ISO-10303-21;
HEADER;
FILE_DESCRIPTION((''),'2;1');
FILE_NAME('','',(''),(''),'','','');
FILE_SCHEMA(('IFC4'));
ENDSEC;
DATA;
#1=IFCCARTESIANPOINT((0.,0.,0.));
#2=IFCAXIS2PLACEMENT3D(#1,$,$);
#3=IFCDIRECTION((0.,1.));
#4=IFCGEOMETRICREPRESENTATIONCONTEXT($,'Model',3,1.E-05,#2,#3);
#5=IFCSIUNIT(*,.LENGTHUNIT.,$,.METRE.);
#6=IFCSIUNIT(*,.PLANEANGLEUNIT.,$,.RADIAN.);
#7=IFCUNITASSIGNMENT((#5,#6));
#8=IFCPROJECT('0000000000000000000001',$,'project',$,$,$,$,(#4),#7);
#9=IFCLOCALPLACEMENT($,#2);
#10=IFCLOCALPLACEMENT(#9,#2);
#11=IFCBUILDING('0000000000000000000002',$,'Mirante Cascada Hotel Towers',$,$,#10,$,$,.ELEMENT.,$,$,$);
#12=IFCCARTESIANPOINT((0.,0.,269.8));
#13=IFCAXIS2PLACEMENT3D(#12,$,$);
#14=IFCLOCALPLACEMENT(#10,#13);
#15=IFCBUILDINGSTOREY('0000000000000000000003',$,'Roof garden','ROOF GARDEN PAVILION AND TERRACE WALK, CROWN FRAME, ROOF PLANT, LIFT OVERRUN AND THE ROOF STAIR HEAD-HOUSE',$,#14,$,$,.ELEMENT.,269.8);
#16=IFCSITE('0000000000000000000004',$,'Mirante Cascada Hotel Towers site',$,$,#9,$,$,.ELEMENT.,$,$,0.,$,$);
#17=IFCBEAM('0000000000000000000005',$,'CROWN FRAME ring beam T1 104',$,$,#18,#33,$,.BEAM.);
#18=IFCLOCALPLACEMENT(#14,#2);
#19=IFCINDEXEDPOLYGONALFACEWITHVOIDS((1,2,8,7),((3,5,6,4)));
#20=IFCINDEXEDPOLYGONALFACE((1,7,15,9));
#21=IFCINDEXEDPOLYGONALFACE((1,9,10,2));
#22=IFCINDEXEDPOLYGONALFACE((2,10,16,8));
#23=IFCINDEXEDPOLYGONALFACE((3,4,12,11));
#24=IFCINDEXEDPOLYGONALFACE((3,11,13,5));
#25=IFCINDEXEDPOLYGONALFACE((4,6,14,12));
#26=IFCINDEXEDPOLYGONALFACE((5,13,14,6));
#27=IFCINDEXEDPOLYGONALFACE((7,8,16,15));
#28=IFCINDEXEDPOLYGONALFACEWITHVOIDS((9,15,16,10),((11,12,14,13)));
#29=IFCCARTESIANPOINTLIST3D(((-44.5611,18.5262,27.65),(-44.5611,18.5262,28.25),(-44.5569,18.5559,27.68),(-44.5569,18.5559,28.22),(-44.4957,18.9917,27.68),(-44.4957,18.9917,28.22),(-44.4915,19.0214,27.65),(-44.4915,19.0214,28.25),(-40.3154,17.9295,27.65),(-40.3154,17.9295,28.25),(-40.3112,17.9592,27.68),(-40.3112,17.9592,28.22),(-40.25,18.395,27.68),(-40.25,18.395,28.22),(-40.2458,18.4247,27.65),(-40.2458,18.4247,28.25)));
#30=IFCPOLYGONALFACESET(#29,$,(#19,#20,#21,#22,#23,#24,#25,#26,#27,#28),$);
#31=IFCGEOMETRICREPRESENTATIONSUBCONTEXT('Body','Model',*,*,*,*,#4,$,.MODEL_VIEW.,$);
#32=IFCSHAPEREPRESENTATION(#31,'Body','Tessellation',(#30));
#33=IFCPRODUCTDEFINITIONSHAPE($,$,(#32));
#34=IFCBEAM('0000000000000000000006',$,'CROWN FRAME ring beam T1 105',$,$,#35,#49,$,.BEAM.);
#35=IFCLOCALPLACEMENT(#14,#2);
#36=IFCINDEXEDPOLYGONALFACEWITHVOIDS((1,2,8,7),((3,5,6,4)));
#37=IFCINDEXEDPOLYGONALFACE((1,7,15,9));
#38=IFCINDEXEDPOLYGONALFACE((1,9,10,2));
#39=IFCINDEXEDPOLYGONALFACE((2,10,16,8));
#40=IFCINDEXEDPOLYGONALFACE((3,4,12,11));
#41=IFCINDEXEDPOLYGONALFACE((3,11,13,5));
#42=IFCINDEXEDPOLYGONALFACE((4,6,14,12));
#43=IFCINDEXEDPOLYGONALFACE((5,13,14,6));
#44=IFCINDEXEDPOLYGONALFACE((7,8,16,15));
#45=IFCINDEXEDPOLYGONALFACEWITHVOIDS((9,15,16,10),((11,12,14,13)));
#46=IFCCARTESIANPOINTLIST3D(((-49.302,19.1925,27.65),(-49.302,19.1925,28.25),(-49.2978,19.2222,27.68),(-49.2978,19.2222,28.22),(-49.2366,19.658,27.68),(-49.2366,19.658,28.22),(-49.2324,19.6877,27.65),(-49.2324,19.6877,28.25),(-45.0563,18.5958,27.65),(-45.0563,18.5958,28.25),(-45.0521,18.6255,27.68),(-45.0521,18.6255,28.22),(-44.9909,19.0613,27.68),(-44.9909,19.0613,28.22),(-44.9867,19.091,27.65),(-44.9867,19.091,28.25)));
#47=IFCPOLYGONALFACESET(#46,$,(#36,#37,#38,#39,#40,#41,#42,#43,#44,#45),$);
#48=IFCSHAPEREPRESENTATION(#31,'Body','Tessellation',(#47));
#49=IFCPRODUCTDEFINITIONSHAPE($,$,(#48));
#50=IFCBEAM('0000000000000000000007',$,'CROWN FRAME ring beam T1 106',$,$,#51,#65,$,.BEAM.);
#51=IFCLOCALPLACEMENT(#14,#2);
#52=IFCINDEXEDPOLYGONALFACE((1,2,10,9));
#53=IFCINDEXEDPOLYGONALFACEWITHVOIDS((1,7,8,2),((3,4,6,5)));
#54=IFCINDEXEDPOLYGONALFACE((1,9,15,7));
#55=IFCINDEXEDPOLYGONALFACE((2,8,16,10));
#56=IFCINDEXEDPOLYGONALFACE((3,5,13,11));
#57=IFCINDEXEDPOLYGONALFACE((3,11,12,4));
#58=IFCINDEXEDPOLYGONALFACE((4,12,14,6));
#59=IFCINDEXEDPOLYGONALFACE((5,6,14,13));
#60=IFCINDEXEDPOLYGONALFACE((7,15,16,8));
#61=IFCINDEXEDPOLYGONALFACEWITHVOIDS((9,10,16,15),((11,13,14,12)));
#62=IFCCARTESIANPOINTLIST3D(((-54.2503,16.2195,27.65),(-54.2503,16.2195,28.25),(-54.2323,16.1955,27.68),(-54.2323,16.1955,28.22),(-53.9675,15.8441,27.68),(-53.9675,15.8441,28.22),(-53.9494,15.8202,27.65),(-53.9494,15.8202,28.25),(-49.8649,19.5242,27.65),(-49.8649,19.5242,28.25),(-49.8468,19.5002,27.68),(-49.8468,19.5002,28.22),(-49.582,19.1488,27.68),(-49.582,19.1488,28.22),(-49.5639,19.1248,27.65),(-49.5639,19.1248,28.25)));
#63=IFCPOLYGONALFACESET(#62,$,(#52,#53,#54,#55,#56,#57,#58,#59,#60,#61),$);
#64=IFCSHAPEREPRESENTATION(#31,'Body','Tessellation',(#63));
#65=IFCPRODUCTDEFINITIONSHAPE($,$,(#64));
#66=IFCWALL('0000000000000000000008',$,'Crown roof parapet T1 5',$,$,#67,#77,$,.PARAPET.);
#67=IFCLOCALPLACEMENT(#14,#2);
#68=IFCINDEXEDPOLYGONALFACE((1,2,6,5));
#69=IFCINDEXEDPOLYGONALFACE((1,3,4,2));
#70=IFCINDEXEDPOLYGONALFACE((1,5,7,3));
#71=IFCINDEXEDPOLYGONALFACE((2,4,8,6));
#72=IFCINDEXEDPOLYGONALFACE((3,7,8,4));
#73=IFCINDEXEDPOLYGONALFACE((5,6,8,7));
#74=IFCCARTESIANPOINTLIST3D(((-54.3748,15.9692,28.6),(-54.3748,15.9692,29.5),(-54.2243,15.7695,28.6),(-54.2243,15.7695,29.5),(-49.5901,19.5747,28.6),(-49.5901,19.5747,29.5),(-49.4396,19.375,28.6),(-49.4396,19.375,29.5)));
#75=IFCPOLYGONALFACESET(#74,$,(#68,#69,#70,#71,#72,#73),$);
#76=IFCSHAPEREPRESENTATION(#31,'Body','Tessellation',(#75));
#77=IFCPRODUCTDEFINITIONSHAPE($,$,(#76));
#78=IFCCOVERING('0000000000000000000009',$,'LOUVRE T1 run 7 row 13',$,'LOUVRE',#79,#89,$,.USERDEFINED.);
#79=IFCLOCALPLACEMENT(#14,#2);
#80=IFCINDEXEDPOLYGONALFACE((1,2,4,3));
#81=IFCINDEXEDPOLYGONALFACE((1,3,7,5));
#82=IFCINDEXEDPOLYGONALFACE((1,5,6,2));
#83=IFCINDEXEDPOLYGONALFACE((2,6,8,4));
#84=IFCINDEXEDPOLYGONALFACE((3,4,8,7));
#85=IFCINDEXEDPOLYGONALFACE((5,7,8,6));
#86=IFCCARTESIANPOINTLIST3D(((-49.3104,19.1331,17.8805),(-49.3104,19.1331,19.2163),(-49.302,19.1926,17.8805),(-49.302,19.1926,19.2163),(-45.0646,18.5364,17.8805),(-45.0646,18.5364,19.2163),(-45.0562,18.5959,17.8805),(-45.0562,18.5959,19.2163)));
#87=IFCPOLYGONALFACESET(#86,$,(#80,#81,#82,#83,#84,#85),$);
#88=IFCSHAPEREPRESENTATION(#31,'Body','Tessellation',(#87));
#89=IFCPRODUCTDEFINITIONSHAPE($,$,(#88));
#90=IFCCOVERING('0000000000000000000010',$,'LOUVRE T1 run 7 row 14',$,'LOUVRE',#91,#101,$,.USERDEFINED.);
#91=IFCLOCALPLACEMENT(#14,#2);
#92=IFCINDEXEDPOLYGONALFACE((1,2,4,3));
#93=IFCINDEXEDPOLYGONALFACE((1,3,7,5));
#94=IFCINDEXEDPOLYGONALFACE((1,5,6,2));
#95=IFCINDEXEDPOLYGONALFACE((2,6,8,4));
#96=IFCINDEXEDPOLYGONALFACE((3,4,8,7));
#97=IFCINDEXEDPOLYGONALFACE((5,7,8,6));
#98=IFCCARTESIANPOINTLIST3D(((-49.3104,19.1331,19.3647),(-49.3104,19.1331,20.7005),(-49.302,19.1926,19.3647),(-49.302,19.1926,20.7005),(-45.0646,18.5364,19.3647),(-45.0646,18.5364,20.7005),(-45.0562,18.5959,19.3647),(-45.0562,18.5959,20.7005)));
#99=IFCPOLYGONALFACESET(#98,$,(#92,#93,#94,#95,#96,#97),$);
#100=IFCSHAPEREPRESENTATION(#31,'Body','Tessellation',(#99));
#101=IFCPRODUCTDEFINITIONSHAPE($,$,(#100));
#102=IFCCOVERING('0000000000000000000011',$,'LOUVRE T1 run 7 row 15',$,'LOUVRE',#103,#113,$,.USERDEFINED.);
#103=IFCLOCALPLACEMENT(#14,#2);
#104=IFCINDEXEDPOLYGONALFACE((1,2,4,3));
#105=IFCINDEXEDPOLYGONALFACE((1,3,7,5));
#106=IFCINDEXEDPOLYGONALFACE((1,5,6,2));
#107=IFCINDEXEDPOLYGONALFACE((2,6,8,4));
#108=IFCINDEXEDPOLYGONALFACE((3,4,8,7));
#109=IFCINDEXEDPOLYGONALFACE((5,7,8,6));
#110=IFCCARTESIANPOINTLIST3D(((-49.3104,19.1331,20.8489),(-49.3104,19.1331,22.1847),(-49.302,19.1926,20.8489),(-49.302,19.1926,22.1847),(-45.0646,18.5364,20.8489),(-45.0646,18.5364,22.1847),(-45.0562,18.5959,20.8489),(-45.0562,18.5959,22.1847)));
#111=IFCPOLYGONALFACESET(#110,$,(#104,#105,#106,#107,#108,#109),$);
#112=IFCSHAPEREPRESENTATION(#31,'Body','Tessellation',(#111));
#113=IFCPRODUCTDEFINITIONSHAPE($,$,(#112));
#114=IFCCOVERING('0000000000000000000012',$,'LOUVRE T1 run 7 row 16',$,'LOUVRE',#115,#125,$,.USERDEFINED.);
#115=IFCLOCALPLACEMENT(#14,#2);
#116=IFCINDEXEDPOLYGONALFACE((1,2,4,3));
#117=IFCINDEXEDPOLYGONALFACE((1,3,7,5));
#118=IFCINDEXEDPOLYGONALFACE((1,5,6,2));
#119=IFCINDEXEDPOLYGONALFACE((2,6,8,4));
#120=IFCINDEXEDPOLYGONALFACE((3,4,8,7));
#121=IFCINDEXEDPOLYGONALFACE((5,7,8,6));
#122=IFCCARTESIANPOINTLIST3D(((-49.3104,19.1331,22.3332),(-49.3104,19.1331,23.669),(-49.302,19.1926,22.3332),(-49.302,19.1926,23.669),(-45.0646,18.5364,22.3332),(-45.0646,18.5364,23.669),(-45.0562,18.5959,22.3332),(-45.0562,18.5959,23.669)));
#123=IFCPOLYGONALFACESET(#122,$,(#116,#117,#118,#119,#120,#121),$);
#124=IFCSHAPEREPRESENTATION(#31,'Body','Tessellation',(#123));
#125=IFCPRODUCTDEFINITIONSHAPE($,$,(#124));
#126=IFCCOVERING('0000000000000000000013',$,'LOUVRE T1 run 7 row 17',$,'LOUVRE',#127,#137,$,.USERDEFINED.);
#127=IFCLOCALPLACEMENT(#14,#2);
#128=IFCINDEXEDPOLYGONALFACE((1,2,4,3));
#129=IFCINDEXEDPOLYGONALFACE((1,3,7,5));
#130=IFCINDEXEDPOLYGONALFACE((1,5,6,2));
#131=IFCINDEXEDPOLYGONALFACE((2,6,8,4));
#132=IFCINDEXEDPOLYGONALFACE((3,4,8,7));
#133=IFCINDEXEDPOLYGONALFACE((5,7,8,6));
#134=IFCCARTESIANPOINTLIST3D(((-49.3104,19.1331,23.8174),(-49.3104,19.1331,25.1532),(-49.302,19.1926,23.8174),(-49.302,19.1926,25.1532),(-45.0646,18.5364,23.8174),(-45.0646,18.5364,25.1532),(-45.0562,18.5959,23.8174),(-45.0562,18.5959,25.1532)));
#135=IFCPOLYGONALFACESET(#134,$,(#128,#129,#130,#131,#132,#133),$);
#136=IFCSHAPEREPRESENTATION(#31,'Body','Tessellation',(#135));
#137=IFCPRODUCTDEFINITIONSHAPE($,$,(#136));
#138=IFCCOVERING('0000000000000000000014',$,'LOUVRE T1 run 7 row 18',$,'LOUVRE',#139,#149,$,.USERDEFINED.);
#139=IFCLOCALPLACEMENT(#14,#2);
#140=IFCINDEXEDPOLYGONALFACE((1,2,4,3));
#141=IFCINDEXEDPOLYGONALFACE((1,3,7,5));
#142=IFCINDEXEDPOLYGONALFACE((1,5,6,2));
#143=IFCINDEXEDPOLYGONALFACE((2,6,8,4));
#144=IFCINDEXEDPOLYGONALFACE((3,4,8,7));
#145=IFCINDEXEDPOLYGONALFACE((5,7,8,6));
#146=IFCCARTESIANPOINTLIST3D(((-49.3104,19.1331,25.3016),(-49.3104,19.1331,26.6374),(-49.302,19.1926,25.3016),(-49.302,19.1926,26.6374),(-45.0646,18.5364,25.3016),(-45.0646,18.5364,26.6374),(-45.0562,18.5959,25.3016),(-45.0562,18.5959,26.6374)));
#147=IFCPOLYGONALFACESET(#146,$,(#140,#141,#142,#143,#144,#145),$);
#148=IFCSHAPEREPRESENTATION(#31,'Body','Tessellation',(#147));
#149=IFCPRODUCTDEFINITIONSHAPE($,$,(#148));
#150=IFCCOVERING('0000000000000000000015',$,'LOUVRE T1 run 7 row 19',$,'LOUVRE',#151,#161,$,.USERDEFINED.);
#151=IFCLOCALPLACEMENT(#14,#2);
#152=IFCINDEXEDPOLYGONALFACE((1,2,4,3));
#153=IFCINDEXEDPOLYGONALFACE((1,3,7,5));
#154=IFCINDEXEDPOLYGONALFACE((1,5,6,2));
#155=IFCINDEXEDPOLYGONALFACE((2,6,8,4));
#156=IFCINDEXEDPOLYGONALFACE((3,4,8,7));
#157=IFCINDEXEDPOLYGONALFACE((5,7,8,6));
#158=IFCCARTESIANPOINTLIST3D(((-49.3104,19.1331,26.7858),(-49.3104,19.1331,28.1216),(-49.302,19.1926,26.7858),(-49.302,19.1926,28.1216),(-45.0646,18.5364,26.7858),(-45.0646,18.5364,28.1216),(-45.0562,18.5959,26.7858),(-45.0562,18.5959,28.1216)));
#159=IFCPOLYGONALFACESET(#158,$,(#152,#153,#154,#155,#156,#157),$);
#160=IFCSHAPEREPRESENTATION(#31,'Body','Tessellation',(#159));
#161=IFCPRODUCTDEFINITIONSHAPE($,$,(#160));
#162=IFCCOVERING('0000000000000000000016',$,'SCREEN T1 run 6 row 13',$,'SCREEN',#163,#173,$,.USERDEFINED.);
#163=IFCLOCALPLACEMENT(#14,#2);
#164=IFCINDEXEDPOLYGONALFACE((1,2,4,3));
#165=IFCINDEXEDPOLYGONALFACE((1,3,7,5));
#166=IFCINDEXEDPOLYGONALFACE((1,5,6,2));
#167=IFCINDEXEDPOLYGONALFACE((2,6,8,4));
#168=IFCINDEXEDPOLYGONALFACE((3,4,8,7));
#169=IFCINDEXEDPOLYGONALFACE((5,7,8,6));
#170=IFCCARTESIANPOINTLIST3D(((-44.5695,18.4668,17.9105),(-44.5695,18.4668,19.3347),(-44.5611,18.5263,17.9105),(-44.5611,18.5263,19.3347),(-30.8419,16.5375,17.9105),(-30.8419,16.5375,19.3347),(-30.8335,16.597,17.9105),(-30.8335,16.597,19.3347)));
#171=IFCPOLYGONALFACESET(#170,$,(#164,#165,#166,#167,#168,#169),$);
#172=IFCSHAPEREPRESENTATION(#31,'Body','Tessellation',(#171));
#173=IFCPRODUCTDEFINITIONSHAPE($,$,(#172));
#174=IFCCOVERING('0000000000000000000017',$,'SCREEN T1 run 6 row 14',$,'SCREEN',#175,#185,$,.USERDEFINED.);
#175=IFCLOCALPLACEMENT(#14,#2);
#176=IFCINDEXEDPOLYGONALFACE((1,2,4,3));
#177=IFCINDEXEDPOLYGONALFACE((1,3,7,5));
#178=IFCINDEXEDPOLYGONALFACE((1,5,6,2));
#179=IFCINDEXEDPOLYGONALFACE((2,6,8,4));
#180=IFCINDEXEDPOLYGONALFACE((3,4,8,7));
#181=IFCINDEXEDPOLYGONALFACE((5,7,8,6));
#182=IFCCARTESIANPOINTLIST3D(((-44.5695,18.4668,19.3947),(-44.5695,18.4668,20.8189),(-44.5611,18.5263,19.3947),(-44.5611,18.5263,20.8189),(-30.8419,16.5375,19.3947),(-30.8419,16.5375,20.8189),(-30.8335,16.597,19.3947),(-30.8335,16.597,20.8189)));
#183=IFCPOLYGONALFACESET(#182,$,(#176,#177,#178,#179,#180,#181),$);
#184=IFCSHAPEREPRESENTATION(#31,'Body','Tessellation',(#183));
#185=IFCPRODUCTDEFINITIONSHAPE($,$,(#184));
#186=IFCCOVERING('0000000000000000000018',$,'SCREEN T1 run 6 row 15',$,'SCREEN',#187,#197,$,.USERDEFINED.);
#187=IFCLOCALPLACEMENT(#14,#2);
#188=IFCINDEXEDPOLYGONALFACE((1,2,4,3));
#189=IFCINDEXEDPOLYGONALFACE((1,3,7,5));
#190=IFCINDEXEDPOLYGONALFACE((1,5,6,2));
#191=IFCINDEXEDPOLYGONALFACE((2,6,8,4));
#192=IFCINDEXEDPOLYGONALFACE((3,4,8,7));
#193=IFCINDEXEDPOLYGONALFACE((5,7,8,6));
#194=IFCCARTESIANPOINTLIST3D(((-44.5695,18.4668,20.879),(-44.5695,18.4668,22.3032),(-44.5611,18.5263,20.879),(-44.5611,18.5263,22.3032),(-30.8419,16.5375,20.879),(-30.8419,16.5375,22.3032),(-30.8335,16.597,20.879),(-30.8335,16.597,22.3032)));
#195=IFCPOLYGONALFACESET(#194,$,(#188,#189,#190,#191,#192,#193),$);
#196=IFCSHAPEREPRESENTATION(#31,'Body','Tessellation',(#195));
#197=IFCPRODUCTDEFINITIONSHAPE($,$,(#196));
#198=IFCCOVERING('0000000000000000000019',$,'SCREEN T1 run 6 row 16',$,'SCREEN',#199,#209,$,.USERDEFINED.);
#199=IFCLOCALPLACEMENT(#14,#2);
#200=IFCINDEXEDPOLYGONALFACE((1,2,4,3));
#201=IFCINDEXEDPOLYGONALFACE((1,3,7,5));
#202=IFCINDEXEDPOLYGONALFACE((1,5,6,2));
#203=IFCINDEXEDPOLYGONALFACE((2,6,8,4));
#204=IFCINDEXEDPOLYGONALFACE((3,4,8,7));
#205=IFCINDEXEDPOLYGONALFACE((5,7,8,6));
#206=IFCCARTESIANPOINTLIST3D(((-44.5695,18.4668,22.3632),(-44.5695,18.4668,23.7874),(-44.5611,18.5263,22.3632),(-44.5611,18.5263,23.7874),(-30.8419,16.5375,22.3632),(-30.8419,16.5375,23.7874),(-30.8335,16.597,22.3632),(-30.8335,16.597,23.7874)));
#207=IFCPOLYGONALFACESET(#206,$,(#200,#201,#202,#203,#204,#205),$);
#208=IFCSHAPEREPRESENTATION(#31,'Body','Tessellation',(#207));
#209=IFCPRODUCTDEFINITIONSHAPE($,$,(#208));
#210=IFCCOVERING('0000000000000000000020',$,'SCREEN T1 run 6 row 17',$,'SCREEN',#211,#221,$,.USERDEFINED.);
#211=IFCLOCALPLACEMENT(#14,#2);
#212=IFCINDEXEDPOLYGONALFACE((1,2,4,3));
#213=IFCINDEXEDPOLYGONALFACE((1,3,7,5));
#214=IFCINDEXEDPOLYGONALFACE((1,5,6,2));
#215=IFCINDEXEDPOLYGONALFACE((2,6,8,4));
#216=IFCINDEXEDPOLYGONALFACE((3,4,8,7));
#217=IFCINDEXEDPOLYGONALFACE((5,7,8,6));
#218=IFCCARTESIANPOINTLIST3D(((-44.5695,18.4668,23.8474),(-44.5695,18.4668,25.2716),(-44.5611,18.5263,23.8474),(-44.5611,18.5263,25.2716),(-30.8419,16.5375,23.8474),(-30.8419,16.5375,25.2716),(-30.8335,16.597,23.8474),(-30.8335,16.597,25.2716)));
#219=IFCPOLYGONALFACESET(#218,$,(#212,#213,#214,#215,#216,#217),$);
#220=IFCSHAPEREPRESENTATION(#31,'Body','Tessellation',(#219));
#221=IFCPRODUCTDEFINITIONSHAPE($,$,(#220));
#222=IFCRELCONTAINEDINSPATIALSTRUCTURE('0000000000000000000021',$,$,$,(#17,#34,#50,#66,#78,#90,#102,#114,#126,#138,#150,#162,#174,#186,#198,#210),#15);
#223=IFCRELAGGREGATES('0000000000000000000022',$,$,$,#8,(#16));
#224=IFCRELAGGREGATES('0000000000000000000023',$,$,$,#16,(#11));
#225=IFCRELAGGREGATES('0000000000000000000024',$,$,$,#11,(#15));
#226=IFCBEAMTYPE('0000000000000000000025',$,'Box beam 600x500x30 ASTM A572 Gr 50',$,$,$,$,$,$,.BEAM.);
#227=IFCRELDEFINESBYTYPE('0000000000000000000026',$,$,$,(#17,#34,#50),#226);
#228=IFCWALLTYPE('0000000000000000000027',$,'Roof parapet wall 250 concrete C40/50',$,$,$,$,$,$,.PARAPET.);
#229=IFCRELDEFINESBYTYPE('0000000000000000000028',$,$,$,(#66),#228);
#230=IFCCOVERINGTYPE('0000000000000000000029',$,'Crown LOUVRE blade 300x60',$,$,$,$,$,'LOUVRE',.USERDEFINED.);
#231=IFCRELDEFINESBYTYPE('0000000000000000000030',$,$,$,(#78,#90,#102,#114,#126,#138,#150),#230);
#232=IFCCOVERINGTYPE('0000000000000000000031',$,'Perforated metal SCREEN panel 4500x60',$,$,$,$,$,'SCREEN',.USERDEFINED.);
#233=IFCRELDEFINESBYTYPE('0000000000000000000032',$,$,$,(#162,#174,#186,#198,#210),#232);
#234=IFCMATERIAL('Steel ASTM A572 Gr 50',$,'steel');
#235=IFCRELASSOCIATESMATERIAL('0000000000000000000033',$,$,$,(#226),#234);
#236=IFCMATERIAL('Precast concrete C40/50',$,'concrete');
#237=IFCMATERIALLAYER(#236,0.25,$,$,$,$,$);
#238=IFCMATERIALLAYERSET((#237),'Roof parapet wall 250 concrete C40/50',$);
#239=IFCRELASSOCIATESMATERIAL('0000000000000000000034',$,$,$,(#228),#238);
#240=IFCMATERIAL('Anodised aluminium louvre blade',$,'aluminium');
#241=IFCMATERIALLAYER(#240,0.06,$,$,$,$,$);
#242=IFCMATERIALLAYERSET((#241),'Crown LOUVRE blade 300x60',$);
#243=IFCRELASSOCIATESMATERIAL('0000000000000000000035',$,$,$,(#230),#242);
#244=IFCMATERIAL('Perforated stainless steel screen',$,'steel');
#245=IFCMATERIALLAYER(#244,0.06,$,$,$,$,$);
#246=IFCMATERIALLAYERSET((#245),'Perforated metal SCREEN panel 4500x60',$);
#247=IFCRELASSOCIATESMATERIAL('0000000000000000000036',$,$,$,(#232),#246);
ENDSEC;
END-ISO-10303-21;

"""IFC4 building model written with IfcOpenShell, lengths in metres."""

from ifc_helpers import new_model, si_unit, direction, frame, frame_2d, origin, origin_2d, place, context, subcontext, project, spatial, rectangle, hollow_rectangle, extrude, material, layer, layer_set, material_profile, profile_set, type_object, element, save


model = new_model("IFC4")

# Units and contexts
model_context = context("Model", 3, precision=1e-05, world=origin(), true_north=direction((0.0, 1.0)))
body_context = subcontext(model_context, "Body", "Model", "MODEL_VIEW")
ifc_project = project(units=[si_unit("LENGTHUNIT", "METRE"), si_unit("PLANEANGLEUNIT", "RADIAN")], contexts=[model_context])

# Site, building, storey
site_placement = place(None, origin())
site = spatial("IfcSite", under=ifc_project, at=site_placement, Name="Mirante Cascada Hotel Towers site", CompositionType="ELEMENT", RefElevation=0.0)
building_placement = place(site_placement, origin())
building = spatial("IfcBuilding", under=site, at=building_placement, Name="Mirante Cascada Hotel Towers", CompositionType="ELEMENT")
storey_placement = place(building_placement, frame((0.0, 0.0, 269.8)))
storey = spatial("IfcBuildingStorey", under=building, at=storey_placement, Name="Roof garden", Description="ROOF GARDEN PAVILION AND TERRACE WALK, CROWN FRAME, ROOF PLANT, LIFT OVERRUN AND THE ROOF STAIR HEAD-HOUSE", CompositionType="ELEMENT", Elevation=269.8)

# Beams
ifc_material_1 = material(Name="Steel ASTM A572 Gr 50", Category="steel")
ifc_material_profile_1 = material_profile(ifc_material_1, hollow_rectangle(XDim=0.5, YDim=0.6, WallThickness=0.03, at=origin_2d()), Name="Box beam 600x500x30 ASTM A572 Gr 50")
ifc_profile_set_1 = profile_set([ifc_material_profile_1], Name="Steel ASTM A572 Gr 50")
beam_type = type_object("IfcBeamType", Name="Box beam 600x500x30 ASTM A572 Gr 50", PredefinedType="BEAM", material=ifc_profile_set_1)
for number, where, z_axis, x_axis, name in (
    (1, (-40.2806, 18.1771, 27.95), (-0.990268, 0.139174, 0.0), (-0.139174, -0.990268, 0.0), "CROWN FRAME ring beam T1 104"),
    (2, (-45.0215, 18.8434, 27.95), (-0.990268, 0.139174, 0.0), (-0.139174, -0.990268, 0.0), "CROWN FRAME ring beam T1 105"),
):
    element("IfcBeam", number, at=place(storey_placement, frame(where, z_axis=z_axis, x_axis=x_axis)), inside=storey, type_object=beam_type, Name=name, PredefinedType="BEAM", context=body_context, shape_type="SweptSolid", body=[
        extrude(hollow_rectangle(XDim=0.5, YDim=0.6, WallThickness=0.03, at=origin_2d()), origin(), (0.0, 0.0, 1.0), 4.2874),
    ])
beam_placement = place(storey_placement, frame((-49.7144, 19.3245, 27.95), z_axis=(-0.798636, -0.601814, 0.0), x_axis=(0.601814, -0.798636, 0.0)))
element("IfcBeam", 3, at=beam_placement, inside=storey, type_object=beam_type, Name="CROWN FRAME ring beam T1 106", PredefinedType="BEAM", context=body_context, shape_type="SweptSolid", body=[
    extrude(hollow_rectangle(XDim=0.5, YDim=0.6, WallThickness=0.03, at=origin_2d()), origin(), (0.0, 0.0, 1.0), 5.4912),
])

# Wall
ifc_material_2 = material(Name="Precast concrete C40/50", Category="concrete")
ifc_layer_1 = layer(ifc_material_2, 0.25)
ifc_layer_set_1 = layer_set([ifc_layer_1], Name="Roof parapet wall 250 concrete C40/50")
wall_type = type_object("IfcWallType", Name="Roof parapet wall 250 concrete C40/50", PredefinedType="PARAPET", material=ifc_layer_set_1)
wall_placement = place(storey_placement, frame((-49.5148, 19.4749, 28.6), z_axis=(0.0, 0.0, 1.0), x_axis=(-0.798638, -0.601812, 0.0)))
element("IfcWall", 4, at=wall_placement, inside=storey, type_object=wall_type, Name="Crown roof parapet T1 5", PredefinedType="PARAPET", context=body_context, shape_type="SweptSolid", body=[
    extrude(rectangle(XDim=5.9911, YDim=0.25, at=frame_2d((2.9956, 0.0))), origin(), (0.0, 0.0, 1.0), 0.9),
])

# Coverings
ifc_material_3 = material(Name="Anodised aluminium louvre blade", Category="aluminium")
ifc_layer_2 = layer(ifc_material_3, 0.06)
ifc_layer_set_2 = layer_set([ifc_layer_2], Name="Crown LOUVRE blade 300x60")
covering_type_1 = type_object("IfcCoveringType", Name="Crown LOUVRE blade 300x60", ElementType="LOUVRE", PredefinedType="USERDEFINED", material=ifc_layer_set_2)
for number, where, z_axis, x_axis, name in (
    (5, (-47.1833, 18.8645, 17.8805), (0.0, 0.0, 1.0), (-0.990268, 0.139173, 0.0), "LOUVRE T1 run 7 row 13"),
    (6, (-47.1833, 18.8645, 19.3647), (0.0, 0.0, 1.0), (-0.990268, 0.139173, 0.0), "LOUVRE T1 run 7 row 14"),
    (7, (-47.1833, 18.8645, 20.8489), (0.0, 0.0, 1.0), (-0.990268, 0.139173, 0.0), "LOUVRE T1 run 7 row 15"),
    (8, (-47.1833, 18.8645, 22.3332), (0.0, 0.0, 1.0), (-0.990268, 0.139173, 0.0), "LOUVRE T1 run 7 row 16"),
    (9, (-47.1833, 18.8645, 23.8174), (0.0, 0.0, 1.0), (-0.990268, 0.139173, 0.0), "LOUVRE T1 run 7 row 17"),
    (10, (-47.1833, 18.8645, 25.3016), (0.0, 0.0, 1.0), (-0.990268, 0.139173, 0.0), "LOUVRE T1 run 7 row 18"),
    (11, (-47.1833, 18.8645, 26.7858), (0.0, 0.0, 1.0), (-0.990268, 0.139173, 0.0), "LOUVRE T1 run 7 row 19"),
):
    element("IfcCovering", number, at=place(storey_placement, frame(where, z_axis=z_axis, x_axis=x_axis)), inside=storey, type_object=covering_type_1, Name=name, ObjectType="LOUVRE", PredefinedType="USERDEFINED", context=body_context, shape_type="SweptSolid", body=[
        extrude(rectangle(XDim=4.2875, YDim=0.06, at=origin_2d()), origin(), (0.0, 0.0, 1.0), 1.3358),
    ])
ifc_material_4 = material(Name="Perforated stainless steel screen", Category="steel")
ifc_layer_3 = layer(ifc_material_4, 0.06)
ifc_layer_set_3 = layer_set([ifc_layer_3], Name="Perforated metal SCREEN panel 4500x60")
covering_type_2 = type_object("IfcCoveringType", Name="Perforated metal SCREEN panel 4500x60", ElementType="SCREEN", PredefinedType="USERDEFINED", material=ifc_layer_set_3)
for number, where, z_axis, x_axis, name in (
    (12, (-37.7015, 17.5319, 17.9105), (0.0, 0.0, 1.0), (-0.990268, 0.139173, 0.0), "SCREEN T1 run 6 row 13"),
    (13, (-37.7015, 17.5319, 19.3947), (0.0, 0.0, 1.0), (-0.990268, 0.139173, 0.0), "SCREEN T1 run 6 row 14"),
    (14, (-37.7015, 17.5319, 20.879), (0.0, 0.0, 1.0), (-0.990268, 0.139173, 0.0), "SCREEN T1 run 6 row 15"),
    (15, (-37.7015, 17.5319, 22.3632), (0.0, 0.0, 1.0), (-0.990268, 0.139173, 0.0), "SCREEN T1 run 6 row 16"),
    (16, (-37.7015, 17.5319, 23.8474), (0.0, 0.0, 1.0), (-0.990268, 0.139173, 0.0), "SCREEN T1 run 6 row 17"),
):
    element("IfcCovering", number, at=place(storey_placement, frame(where, z_axis=z_axis, x_axis=x_axis)), inside=storey, type_object=covering_type_2, Name=name, ObjectType="SCREEN", PredefinedType="USERDEFINED", context=body_context, shape_type="SweptSolid", body=[
        extrude(rectangle(XDim=13.8625, YDim=0.06, at=origin_2d()), origin(), (0.0, 0.0, 1.0), 1.4242),
    ])

save(model, "model.ifc")
